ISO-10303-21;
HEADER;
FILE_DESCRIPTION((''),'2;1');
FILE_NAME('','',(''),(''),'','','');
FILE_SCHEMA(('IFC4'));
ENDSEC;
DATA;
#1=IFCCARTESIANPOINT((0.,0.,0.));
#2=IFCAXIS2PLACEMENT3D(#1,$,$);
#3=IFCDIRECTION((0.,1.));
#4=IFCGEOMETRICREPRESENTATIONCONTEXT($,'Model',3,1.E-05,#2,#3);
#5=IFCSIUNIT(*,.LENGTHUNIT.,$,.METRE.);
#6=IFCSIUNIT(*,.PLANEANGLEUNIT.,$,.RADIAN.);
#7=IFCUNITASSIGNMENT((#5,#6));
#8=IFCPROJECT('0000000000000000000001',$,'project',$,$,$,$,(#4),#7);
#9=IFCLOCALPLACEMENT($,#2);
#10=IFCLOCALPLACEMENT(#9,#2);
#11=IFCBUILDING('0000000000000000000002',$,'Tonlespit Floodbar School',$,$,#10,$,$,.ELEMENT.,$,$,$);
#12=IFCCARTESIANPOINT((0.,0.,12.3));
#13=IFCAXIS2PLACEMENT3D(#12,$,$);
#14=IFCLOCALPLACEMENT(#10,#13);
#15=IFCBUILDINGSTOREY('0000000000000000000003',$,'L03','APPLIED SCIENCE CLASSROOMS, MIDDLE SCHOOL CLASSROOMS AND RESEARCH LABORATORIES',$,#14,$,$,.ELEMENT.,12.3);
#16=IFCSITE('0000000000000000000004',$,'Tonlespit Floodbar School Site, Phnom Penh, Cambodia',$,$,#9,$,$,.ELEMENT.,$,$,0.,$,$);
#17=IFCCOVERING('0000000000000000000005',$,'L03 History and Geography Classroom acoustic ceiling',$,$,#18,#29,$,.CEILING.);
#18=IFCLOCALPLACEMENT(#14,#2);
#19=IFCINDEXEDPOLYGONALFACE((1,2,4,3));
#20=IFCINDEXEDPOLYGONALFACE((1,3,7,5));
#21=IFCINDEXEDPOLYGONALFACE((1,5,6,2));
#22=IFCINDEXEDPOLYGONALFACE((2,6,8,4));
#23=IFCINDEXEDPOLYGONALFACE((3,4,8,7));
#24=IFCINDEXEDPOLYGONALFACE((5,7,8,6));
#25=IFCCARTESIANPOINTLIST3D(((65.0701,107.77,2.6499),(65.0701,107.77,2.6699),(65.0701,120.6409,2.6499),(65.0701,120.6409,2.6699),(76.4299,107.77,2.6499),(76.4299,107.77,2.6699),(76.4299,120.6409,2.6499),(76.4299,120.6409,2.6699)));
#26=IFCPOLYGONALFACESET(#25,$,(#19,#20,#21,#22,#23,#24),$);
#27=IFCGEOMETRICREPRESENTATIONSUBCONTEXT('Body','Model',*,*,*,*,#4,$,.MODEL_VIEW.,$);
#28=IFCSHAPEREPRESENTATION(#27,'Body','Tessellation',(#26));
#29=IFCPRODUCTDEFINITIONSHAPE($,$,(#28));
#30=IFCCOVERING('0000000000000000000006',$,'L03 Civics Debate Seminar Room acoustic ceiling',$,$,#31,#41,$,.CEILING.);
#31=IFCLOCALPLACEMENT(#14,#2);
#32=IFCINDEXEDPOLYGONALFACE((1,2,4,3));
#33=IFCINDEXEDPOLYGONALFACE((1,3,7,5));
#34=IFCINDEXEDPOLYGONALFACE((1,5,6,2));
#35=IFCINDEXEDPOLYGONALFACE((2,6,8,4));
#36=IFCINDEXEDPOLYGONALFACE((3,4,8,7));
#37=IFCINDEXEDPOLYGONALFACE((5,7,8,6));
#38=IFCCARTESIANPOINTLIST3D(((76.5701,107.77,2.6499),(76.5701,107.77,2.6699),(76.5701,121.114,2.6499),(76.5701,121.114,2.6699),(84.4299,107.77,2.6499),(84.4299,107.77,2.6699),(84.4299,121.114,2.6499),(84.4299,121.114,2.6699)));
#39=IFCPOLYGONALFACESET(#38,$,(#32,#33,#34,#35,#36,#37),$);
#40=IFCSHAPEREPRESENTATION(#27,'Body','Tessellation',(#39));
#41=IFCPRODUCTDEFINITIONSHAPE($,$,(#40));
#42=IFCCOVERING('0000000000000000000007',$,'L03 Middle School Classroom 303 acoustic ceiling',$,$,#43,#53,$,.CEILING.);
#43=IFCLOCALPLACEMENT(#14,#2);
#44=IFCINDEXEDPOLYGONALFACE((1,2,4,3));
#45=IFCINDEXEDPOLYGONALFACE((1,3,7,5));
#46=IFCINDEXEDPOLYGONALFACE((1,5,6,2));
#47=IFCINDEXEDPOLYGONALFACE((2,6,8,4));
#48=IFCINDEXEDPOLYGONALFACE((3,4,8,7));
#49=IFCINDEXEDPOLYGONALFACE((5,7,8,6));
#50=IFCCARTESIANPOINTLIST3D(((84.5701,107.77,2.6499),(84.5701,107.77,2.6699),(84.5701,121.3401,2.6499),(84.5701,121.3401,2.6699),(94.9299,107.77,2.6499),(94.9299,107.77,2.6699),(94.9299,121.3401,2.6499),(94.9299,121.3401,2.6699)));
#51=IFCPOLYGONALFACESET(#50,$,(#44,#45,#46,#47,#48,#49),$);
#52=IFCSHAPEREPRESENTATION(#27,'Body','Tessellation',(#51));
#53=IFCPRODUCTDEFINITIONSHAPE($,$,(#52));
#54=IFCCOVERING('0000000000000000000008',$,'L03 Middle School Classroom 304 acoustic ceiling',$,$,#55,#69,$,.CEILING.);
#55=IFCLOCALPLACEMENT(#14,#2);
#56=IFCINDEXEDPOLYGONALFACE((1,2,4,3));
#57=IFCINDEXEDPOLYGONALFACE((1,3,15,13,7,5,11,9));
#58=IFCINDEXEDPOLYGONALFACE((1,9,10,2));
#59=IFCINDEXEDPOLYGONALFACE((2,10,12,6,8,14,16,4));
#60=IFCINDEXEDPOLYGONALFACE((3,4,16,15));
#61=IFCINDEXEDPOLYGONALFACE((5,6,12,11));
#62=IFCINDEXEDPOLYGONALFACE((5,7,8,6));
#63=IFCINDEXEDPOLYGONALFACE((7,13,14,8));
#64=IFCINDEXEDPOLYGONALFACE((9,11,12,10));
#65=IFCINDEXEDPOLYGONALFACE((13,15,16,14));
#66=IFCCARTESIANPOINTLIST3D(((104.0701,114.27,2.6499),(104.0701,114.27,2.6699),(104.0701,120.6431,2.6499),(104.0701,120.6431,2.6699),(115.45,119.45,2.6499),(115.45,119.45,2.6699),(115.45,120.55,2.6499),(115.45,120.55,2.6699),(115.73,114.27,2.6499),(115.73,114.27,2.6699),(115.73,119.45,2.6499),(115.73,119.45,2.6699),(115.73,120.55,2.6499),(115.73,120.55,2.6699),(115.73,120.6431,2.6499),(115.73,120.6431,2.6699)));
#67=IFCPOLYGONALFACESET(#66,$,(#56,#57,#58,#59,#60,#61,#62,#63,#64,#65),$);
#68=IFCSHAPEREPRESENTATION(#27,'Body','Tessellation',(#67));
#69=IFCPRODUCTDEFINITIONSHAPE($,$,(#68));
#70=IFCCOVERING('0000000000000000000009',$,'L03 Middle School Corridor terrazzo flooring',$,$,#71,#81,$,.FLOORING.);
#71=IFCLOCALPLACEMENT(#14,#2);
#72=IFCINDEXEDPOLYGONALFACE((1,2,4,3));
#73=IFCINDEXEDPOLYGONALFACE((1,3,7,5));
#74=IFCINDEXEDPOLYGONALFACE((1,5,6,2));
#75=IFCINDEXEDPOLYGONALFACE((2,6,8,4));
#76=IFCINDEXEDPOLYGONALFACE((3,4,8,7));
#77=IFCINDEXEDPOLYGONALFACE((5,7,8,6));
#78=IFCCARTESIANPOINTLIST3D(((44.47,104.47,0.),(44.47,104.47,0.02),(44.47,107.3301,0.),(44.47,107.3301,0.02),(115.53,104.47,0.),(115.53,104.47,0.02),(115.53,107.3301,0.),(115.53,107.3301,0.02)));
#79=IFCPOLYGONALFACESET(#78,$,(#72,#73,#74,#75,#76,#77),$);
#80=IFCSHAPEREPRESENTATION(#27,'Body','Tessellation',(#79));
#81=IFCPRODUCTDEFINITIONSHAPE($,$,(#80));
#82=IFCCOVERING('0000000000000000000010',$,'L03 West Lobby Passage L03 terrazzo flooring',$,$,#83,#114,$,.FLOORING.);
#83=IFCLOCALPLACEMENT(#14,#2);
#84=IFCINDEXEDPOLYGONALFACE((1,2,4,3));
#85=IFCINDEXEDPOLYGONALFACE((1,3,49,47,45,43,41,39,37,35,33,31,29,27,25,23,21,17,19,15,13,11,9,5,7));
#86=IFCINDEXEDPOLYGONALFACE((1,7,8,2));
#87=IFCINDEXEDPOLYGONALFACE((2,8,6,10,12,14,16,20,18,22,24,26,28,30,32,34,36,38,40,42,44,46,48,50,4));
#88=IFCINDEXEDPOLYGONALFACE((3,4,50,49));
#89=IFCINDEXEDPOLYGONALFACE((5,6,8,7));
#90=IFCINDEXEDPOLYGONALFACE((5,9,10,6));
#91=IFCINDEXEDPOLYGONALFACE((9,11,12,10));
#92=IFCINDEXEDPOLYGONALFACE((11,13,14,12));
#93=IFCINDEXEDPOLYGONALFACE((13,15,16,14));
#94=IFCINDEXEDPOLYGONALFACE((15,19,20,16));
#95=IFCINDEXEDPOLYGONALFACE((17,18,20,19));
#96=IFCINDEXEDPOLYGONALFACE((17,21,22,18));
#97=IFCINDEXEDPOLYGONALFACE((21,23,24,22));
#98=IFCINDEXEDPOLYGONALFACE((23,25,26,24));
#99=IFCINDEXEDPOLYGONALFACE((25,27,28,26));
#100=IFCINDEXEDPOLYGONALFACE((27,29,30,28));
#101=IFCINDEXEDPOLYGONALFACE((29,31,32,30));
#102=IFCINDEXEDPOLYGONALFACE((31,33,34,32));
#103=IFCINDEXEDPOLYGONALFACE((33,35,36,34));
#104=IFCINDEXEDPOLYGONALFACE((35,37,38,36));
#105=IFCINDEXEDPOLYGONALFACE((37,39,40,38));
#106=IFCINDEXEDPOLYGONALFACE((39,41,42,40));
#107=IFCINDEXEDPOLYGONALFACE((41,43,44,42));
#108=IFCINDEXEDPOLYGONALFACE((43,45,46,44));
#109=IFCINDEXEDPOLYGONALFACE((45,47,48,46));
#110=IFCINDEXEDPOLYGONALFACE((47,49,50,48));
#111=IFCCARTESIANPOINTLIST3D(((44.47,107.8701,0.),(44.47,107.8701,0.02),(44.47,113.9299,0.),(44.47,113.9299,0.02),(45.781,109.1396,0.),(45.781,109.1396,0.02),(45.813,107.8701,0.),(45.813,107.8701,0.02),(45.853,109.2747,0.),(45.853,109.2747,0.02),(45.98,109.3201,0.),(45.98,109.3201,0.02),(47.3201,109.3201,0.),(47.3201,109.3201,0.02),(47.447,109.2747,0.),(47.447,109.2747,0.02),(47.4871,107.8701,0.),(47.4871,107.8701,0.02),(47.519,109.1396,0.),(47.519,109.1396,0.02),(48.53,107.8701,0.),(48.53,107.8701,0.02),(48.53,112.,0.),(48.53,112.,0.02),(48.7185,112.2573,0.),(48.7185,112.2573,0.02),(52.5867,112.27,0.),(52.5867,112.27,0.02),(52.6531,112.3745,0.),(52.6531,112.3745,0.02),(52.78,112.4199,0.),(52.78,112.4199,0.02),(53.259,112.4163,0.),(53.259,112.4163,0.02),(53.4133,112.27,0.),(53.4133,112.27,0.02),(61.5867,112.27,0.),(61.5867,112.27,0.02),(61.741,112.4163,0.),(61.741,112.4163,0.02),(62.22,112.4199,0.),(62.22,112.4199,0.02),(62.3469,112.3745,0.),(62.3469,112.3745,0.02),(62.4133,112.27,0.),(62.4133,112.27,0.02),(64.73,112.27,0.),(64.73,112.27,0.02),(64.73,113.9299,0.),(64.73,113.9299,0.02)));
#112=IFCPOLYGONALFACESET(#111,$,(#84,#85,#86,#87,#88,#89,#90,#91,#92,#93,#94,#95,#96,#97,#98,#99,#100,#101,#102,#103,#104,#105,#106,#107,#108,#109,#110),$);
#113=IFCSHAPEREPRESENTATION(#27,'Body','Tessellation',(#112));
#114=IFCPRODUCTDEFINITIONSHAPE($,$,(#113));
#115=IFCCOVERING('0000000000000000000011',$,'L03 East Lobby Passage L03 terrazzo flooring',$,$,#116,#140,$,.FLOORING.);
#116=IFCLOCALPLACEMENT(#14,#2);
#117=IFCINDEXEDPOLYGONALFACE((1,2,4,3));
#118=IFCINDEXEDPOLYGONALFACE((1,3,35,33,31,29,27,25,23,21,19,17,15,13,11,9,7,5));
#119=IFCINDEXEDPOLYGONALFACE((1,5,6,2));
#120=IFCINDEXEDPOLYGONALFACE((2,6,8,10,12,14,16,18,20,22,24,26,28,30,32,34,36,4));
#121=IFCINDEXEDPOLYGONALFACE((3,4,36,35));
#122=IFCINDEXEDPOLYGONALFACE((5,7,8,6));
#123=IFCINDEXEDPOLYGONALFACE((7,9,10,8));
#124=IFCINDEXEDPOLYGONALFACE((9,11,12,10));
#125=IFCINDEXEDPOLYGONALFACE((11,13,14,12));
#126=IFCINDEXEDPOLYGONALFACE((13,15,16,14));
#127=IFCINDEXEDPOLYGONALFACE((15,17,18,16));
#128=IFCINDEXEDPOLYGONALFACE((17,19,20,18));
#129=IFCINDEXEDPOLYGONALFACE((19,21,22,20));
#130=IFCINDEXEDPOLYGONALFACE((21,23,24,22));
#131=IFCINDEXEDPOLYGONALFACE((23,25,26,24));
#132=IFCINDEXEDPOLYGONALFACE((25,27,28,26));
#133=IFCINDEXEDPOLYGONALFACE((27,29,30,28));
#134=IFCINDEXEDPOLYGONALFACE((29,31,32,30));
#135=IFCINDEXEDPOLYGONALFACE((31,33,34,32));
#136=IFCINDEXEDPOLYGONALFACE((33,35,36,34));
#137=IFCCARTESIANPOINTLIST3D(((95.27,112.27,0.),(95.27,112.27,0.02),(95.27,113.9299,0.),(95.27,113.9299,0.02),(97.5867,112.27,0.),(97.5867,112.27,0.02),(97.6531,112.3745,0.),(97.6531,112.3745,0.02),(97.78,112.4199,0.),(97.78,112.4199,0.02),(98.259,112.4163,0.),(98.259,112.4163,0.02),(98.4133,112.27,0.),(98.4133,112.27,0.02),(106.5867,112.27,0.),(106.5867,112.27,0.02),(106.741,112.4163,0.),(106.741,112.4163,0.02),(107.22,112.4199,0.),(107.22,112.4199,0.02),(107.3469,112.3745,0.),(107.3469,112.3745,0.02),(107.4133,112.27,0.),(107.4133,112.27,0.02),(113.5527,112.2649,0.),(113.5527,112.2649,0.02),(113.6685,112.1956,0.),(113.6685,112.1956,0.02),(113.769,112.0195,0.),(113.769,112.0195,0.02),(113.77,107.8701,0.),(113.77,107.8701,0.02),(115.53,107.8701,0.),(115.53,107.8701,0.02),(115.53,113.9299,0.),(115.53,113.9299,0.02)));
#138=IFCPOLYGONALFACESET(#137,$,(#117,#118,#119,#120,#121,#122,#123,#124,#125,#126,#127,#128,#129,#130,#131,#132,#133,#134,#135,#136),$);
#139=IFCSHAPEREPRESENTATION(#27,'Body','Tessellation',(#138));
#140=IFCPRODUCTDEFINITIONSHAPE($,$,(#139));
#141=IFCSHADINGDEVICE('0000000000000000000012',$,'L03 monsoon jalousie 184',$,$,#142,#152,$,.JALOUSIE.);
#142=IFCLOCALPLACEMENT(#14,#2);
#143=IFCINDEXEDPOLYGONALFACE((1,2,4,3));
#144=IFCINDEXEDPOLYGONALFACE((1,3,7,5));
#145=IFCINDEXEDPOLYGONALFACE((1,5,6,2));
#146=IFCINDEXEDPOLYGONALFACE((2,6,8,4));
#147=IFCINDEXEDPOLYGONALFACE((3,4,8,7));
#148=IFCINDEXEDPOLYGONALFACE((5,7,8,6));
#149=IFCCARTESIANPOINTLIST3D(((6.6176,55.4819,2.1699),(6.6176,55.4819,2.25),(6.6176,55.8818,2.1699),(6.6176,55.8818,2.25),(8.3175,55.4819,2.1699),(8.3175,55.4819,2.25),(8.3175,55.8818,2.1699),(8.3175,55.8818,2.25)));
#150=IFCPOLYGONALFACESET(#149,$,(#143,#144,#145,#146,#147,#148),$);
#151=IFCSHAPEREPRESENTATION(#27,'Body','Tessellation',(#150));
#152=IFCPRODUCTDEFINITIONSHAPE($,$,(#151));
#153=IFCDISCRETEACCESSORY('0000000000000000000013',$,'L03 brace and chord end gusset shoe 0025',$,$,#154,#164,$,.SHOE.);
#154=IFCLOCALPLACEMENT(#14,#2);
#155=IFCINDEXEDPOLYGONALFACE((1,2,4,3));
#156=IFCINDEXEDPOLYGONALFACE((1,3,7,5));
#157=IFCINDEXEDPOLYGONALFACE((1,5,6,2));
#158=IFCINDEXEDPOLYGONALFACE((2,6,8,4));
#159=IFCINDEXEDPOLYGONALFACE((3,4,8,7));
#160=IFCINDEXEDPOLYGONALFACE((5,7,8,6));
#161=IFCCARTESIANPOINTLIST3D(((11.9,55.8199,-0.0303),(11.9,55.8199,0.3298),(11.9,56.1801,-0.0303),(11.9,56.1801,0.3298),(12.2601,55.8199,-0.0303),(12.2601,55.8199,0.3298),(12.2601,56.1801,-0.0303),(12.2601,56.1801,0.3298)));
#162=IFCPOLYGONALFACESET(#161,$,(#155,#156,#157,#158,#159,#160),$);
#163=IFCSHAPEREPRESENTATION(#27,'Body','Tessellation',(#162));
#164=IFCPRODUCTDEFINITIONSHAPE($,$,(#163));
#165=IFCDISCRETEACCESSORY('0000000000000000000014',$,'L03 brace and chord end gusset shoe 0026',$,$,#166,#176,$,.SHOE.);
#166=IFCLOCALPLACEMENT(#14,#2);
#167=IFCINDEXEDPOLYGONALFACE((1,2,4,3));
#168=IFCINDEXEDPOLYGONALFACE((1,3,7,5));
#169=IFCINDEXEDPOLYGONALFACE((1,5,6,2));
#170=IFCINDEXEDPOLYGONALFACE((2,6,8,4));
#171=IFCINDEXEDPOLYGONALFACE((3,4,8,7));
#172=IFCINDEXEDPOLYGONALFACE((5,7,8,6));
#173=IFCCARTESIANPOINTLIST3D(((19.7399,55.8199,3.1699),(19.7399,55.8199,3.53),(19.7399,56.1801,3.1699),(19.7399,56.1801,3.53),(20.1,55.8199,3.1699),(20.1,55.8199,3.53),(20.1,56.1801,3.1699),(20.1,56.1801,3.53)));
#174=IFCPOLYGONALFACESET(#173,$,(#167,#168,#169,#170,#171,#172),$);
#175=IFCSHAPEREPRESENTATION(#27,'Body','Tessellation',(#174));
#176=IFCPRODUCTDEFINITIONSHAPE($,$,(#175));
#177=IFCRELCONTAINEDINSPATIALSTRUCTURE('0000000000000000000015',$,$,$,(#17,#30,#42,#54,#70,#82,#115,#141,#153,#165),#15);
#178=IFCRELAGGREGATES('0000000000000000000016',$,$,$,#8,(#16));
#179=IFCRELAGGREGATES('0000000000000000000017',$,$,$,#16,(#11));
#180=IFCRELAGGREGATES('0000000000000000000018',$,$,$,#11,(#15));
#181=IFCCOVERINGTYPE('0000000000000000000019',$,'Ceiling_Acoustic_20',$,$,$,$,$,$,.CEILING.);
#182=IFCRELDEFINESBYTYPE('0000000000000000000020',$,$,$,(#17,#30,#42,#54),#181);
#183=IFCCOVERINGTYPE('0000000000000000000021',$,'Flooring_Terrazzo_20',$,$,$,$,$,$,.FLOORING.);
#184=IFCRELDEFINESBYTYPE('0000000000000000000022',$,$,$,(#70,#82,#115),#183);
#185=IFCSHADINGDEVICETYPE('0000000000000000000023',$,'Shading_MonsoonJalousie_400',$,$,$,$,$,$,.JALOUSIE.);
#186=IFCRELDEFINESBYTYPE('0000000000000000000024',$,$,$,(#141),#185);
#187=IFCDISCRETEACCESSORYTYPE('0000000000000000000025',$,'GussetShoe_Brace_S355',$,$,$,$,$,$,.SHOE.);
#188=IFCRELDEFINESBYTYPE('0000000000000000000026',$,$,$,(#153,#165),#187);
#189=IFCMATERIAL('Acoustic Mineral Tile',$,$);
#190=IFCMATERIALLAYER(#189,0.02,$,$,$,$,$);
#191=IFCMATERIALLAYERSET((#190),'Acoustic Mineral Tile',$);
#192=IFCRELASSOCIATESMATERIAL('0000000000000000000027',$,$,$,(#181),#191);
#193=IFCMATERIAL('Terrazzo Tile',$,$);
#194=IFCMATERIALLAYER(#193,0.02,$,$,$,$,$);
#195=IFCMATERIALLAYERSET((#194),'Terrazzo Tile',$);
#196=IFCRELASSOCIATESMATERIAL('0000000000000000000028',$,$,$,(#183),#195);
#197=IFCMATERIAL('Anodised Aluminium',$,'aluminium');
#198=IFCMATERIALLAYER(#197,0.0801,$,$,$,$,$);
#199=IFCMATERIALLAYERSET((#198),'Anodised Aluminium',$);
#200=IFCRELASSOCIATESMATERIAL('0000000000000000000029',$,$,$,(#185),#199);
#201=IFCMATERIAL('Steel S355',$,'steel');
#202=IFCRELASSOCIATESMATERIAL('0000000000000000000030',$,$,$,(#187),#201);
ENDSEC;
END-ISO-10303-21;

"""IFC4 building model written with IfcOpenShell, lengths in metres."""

from ifc_helpers import new_model, si_unit, direction, frame, origin, origin_2d, place, context, subcontext, project, spatial, polyline, rectangle, outline, extrude, material, layer, layer_set, type_object, element, save


model = new_model("IFC4")

# Units and contexts
model_context = context("Model", 3, precision=1e-05, world=origin(), true_north=direction((0.0, 1.0)))
body_context = subcontext(model_context, "Body", "Model", "MODEL_VIEW")
ifc_project = project(units=[si_unit("LENGTHUNIT", "METRE"), si_unit("PLANEANGLEUNIT", "RADIAN")], contexts=[model_context])

# Site, building, storey
site_placement = place(None, origin())
site = spatial("IfcSite", under=ifc_project, at=site_placement, Name="Tonlespit Floodbar School Site, Phnom Penh, Cambodia", CompositionType="ELEMENT", RefElevation=0.0)
building_placement = place(site_placement, origin())
building = spatial("IfcBuilding", under=site, at=building_placement, Name="Tonlespit Floodbar School", CompositionType="ELEMENT")
storey_placement = place(building_placement, frame((0.0, 0.0, 12.3)))
storey = spatial("IfcBuildingStorey", under=building, at=storey_placement, Name="L03", Description="APPLIED SCIENCE CLASSROOMS, MIDDLE SCHOOL CLASSROOMS AND RESEARCH LABORATORIES", CompositionType="ELEMENT", Elevation=12.3)

# Shared definitions
ifc_material_1 = material(Name="Steel S355", Category="steel")

# Shared definitions
ifc_material_2 = material(Name="Anodised Aluminium", Category="aluminium")

# Coverings
ifc_material_3 = material(Name="Acoustic Mineral Tile")
ifc_layer_1 = layer(ifc_material_3, 0.02)
ifc_layer_set_1 = layer_set([ifc_layer_1], Name="Acoustic Mineral Tile")
covering_type_1 = type_object("IfcCoveringType", Name="Ceiling_Acoustic_20", PredefinedType="CEILING", material=ifc_layer_set_1)
covering_1_placement = place(storey_placement, frame((0.0, 0.0, 2.6499)))
element("IfcCovering", 1, at=covering_1_placement, inside=storey, type_object=covering_type_1, Name="L03 History and Geography Classroom acoustic ceiling", PredefinedType="CEILING", context=body_context, shape_type="SweptSolid", body=[
    extrude(outline(polyline([(76.4299, 107.77), (65.0701, 107.77), (65.0701, 120.6409), (76.4299, 120.6409), (76.4299, 107.77)])), origin(), (0.0, 0.0, 1.0), 0.02),
])
covering_2_placement = place(storey_placement, frame((0.0, 0.0, 2.6499)))
element("IfcCovering", 2, at=covering_2_placement, inside=storey, type_object=covering_type_1, Name="L03 Civics Debate Seminar Room acoustic ceiling", PredefinedType="CEILING", context=body_context, shape_type="SweptSolid", body=[
    extrude(outline(polyline([(84.4299, 107.77), (76.5701, 107.77), (76.5701, 121.114), (84.4299, 121.114), (84.4299, 107.77)])), origin(), (0.0, 0.0, 1.0), 0.02),
])
covering_3_placement = place(storey_placement, frame((0.0, 0.0, 2.6499)))
element("IfcCovering", 3, at=covering_3_placement, inside=storey, type_object=covering_type_1, Name="L03 Middle School Classroom 303 acoustic ceiling", PredefinedType="CEILING", context=body_context, shape_type="SweptSolid", body=[
    extrude(outline(polyline([(94.9299, 107.77), (84.5701, 107.77), (84.5701, 121.3401), (94.9299, 121.3401), (94.9299, 107.77)])), origin(), (0.0, 0.0, 1.0), 0.02),
])
covering_4_placement = place(storey_placement, frame((0.0, 0.0, 2.6499)))
element("IfcCovering", 4, at=covering_4_placement, inside=storey, type_object=covering_type_1, Name="L03 Middle School Classroom 304 acoustic ceiling", PredefinedType="CEILING", context=body_context, shape_type="SweptSolid", body=[
    extrude(outline(polyline([(115.73, 114.27), (104.0701, 114.27), (104.0701, 120.6431), (115.73, 120.6431), (115.73, 120.55), (115.45, 120.55), (115.45, 119.45), (115.73, 119.45), (115.73, 114.27)])), origin(), (0.0, 0.0, 1.0), 0.02),
])
ifc_material_4 = material(Name="Terrazzo Tile")
ifc_layer_2 = layer(ifc_material_4, 0.02)
ifc_layer_set_2 = layer_set([ifc_layer_2], Name="Terrazzo Tile")
covering_type_2 = type_object("IfcCoveringType", Name="Flooring_Terrazzo_20", PredefinedType="FLOORING", material=ifc_layer_set_2)
covering_5_placement = place(storey_placement, origin())
element("IfcCovering", 5, at=covering_5_placement, inside=storey, type_object=covering_type_2, Name="L03 Middle School Corridor terrazzo flooring", PredefinedType="FLOORING", context=body_context, shape_type="SweptSolid", body=[
    extrude(outline(polyline([(115.53, 107.3301), (115.53, 104.47), (44.47, 104.47), (44.47, 107.3301), (115.53, 107.3301)])), origin(), (0.0, 0.0, 1.0), 0.02),
])
covering_6_placement = place(storey_placement, origin())
element("IfcCovering", 6, at=covering_6_placement, inside=storey, type_object=covering_type_2, Name="L03 West Lobby Passage L03 terrazzo flooring", PredefinedType="FLOORING", context=body_context, shape_type="SweptSolid", body=[
    extrude(outline(polyline([(45.781, 109.1396), (45.813, 107.8701), (44.47, 107.8701), (44.47, 113.9299), (64.73, 113.9299), (64.73, 112.27), (62.4133, 112.27), (62.3469, 112.3745), (62.22, 112.4199), (61.741, 112.4163), (61.5867, 112.27), (53.4133, 112.27), (53.259, 112.4163), (52.78, 112.4199), (52.6531, 112.3745), (52.5867, 112.27), (48.7185, 112.2573), (48.53, 112.0), (48.53, 107.8701), (47.4871, 107.8701), (47.519, 109.1396), (47.447, 109.2747), (47.3201, 109.3201), (45.98, 109.3201), (45.853, 109.2747), (45.781, 109.1396)])), origin(), (0.0, 0.0, 1.0), 0.02),
])
covering_7_placement = place(storey_placement, origin())
element("IfcCovering", 7, at=covering_7_placement, inside=storey, type_object=covering_type_2, Name="L03 East Lobby Passage L03 terrazzo flooring", PredefinedType="FLOORING", context=body_context, shape_type="SweptSolid", body=[
    extrude(outline(polyline([(97.5867, 112.27), (95.27, 112.27), (95.27, 113.9299), (115.53, 113.9299), (115.53, 107.8701), (113.77, 107.8701), (113.769, 112.0195), (113.6685, 112.1956), (113.5527, 112.2649), (107.4133, 112.27), (107.3469, 112.3745), (107.22, 112.4199), (106.741, 112.4163), (106.5867, 112.27), (98.4133, 112.27), (98.259, 112.4163), (97.78, 112.4199), (97.6531, 112.3745), (97.5867, 112.27)])), origin(), (0.0, 0.0, 1.0), 0.02),
])

# Shading device
ifc_layer_3 = layer(ifc_material_2, 0.0801)
ifc_layer_set_3 = layer_set([ifc_layer_3], Name="Anodised Aluminium")
shading_device_type = type_object("IfcShadingDeviceType", Name="Shading_MonsoonJalousie_400", PredefinedType="JALOUSIE", material=ifc_layer_set_3)
shading_device_placement = place(storey_placement, frame((7.4675, 55.6819, 2.1699), z_axis=(0.0, 0.0, 1.0), x_axis=(-1.0, 0.0, 0.0)))
element("IfcShadingDevice", 8, at=shading_device_placement, inside=storey, type_object=shading_device_type, Name="L03 monsoon jalousie 184", PredefinedType="JALOUSIE", context=body_context, shape_type="SweptSolid", body=[
    extrude(rectangle(XDim=1.7, YDim=0.3999, at=origin_2d()), origin(), (0.0, 0.0, 1.0), 0.0801),
])

# Discrete accessories
discrete_accessory_type = type_object("IfcDiscreteAccessoryType", Name="GussetShoe_Brace_S355", PredefinedType="SHOE", material=ifc_material_1)
for number, where, z_axis, x_axis, name in (
    (9, (12.0801, 56.0, -0.0303), (0.0, 0.0, 1.0), (1.0, 0.0, 0.0), "L03 brace and chord end gusset shoe 0025"),
    (10, (19.9199, 56.0, 3.1699), (0.0, 0.0, 1.0), (1.0, 0.0, 0.0), "L03 brace and chord end gusset shoe 0026"),
):
    element("IfcDiscreteAccessory", number, at=place(storey_placement, frame(where, z_axis=z_axis, x_axis=x_axis)), inside=storey, type_object=discrete_accessory_type, Name=name, PredefinedType="SHOE", context=body_context, shape_type="SweptSolid", body=[
        extrude(rectangle(XDim=0.3601, YDim=0.3601, at=origin_2d()), origin(), (0.0, 0.0, 1.0), 0.3601),
    ])

save(model, "model.ifc")
